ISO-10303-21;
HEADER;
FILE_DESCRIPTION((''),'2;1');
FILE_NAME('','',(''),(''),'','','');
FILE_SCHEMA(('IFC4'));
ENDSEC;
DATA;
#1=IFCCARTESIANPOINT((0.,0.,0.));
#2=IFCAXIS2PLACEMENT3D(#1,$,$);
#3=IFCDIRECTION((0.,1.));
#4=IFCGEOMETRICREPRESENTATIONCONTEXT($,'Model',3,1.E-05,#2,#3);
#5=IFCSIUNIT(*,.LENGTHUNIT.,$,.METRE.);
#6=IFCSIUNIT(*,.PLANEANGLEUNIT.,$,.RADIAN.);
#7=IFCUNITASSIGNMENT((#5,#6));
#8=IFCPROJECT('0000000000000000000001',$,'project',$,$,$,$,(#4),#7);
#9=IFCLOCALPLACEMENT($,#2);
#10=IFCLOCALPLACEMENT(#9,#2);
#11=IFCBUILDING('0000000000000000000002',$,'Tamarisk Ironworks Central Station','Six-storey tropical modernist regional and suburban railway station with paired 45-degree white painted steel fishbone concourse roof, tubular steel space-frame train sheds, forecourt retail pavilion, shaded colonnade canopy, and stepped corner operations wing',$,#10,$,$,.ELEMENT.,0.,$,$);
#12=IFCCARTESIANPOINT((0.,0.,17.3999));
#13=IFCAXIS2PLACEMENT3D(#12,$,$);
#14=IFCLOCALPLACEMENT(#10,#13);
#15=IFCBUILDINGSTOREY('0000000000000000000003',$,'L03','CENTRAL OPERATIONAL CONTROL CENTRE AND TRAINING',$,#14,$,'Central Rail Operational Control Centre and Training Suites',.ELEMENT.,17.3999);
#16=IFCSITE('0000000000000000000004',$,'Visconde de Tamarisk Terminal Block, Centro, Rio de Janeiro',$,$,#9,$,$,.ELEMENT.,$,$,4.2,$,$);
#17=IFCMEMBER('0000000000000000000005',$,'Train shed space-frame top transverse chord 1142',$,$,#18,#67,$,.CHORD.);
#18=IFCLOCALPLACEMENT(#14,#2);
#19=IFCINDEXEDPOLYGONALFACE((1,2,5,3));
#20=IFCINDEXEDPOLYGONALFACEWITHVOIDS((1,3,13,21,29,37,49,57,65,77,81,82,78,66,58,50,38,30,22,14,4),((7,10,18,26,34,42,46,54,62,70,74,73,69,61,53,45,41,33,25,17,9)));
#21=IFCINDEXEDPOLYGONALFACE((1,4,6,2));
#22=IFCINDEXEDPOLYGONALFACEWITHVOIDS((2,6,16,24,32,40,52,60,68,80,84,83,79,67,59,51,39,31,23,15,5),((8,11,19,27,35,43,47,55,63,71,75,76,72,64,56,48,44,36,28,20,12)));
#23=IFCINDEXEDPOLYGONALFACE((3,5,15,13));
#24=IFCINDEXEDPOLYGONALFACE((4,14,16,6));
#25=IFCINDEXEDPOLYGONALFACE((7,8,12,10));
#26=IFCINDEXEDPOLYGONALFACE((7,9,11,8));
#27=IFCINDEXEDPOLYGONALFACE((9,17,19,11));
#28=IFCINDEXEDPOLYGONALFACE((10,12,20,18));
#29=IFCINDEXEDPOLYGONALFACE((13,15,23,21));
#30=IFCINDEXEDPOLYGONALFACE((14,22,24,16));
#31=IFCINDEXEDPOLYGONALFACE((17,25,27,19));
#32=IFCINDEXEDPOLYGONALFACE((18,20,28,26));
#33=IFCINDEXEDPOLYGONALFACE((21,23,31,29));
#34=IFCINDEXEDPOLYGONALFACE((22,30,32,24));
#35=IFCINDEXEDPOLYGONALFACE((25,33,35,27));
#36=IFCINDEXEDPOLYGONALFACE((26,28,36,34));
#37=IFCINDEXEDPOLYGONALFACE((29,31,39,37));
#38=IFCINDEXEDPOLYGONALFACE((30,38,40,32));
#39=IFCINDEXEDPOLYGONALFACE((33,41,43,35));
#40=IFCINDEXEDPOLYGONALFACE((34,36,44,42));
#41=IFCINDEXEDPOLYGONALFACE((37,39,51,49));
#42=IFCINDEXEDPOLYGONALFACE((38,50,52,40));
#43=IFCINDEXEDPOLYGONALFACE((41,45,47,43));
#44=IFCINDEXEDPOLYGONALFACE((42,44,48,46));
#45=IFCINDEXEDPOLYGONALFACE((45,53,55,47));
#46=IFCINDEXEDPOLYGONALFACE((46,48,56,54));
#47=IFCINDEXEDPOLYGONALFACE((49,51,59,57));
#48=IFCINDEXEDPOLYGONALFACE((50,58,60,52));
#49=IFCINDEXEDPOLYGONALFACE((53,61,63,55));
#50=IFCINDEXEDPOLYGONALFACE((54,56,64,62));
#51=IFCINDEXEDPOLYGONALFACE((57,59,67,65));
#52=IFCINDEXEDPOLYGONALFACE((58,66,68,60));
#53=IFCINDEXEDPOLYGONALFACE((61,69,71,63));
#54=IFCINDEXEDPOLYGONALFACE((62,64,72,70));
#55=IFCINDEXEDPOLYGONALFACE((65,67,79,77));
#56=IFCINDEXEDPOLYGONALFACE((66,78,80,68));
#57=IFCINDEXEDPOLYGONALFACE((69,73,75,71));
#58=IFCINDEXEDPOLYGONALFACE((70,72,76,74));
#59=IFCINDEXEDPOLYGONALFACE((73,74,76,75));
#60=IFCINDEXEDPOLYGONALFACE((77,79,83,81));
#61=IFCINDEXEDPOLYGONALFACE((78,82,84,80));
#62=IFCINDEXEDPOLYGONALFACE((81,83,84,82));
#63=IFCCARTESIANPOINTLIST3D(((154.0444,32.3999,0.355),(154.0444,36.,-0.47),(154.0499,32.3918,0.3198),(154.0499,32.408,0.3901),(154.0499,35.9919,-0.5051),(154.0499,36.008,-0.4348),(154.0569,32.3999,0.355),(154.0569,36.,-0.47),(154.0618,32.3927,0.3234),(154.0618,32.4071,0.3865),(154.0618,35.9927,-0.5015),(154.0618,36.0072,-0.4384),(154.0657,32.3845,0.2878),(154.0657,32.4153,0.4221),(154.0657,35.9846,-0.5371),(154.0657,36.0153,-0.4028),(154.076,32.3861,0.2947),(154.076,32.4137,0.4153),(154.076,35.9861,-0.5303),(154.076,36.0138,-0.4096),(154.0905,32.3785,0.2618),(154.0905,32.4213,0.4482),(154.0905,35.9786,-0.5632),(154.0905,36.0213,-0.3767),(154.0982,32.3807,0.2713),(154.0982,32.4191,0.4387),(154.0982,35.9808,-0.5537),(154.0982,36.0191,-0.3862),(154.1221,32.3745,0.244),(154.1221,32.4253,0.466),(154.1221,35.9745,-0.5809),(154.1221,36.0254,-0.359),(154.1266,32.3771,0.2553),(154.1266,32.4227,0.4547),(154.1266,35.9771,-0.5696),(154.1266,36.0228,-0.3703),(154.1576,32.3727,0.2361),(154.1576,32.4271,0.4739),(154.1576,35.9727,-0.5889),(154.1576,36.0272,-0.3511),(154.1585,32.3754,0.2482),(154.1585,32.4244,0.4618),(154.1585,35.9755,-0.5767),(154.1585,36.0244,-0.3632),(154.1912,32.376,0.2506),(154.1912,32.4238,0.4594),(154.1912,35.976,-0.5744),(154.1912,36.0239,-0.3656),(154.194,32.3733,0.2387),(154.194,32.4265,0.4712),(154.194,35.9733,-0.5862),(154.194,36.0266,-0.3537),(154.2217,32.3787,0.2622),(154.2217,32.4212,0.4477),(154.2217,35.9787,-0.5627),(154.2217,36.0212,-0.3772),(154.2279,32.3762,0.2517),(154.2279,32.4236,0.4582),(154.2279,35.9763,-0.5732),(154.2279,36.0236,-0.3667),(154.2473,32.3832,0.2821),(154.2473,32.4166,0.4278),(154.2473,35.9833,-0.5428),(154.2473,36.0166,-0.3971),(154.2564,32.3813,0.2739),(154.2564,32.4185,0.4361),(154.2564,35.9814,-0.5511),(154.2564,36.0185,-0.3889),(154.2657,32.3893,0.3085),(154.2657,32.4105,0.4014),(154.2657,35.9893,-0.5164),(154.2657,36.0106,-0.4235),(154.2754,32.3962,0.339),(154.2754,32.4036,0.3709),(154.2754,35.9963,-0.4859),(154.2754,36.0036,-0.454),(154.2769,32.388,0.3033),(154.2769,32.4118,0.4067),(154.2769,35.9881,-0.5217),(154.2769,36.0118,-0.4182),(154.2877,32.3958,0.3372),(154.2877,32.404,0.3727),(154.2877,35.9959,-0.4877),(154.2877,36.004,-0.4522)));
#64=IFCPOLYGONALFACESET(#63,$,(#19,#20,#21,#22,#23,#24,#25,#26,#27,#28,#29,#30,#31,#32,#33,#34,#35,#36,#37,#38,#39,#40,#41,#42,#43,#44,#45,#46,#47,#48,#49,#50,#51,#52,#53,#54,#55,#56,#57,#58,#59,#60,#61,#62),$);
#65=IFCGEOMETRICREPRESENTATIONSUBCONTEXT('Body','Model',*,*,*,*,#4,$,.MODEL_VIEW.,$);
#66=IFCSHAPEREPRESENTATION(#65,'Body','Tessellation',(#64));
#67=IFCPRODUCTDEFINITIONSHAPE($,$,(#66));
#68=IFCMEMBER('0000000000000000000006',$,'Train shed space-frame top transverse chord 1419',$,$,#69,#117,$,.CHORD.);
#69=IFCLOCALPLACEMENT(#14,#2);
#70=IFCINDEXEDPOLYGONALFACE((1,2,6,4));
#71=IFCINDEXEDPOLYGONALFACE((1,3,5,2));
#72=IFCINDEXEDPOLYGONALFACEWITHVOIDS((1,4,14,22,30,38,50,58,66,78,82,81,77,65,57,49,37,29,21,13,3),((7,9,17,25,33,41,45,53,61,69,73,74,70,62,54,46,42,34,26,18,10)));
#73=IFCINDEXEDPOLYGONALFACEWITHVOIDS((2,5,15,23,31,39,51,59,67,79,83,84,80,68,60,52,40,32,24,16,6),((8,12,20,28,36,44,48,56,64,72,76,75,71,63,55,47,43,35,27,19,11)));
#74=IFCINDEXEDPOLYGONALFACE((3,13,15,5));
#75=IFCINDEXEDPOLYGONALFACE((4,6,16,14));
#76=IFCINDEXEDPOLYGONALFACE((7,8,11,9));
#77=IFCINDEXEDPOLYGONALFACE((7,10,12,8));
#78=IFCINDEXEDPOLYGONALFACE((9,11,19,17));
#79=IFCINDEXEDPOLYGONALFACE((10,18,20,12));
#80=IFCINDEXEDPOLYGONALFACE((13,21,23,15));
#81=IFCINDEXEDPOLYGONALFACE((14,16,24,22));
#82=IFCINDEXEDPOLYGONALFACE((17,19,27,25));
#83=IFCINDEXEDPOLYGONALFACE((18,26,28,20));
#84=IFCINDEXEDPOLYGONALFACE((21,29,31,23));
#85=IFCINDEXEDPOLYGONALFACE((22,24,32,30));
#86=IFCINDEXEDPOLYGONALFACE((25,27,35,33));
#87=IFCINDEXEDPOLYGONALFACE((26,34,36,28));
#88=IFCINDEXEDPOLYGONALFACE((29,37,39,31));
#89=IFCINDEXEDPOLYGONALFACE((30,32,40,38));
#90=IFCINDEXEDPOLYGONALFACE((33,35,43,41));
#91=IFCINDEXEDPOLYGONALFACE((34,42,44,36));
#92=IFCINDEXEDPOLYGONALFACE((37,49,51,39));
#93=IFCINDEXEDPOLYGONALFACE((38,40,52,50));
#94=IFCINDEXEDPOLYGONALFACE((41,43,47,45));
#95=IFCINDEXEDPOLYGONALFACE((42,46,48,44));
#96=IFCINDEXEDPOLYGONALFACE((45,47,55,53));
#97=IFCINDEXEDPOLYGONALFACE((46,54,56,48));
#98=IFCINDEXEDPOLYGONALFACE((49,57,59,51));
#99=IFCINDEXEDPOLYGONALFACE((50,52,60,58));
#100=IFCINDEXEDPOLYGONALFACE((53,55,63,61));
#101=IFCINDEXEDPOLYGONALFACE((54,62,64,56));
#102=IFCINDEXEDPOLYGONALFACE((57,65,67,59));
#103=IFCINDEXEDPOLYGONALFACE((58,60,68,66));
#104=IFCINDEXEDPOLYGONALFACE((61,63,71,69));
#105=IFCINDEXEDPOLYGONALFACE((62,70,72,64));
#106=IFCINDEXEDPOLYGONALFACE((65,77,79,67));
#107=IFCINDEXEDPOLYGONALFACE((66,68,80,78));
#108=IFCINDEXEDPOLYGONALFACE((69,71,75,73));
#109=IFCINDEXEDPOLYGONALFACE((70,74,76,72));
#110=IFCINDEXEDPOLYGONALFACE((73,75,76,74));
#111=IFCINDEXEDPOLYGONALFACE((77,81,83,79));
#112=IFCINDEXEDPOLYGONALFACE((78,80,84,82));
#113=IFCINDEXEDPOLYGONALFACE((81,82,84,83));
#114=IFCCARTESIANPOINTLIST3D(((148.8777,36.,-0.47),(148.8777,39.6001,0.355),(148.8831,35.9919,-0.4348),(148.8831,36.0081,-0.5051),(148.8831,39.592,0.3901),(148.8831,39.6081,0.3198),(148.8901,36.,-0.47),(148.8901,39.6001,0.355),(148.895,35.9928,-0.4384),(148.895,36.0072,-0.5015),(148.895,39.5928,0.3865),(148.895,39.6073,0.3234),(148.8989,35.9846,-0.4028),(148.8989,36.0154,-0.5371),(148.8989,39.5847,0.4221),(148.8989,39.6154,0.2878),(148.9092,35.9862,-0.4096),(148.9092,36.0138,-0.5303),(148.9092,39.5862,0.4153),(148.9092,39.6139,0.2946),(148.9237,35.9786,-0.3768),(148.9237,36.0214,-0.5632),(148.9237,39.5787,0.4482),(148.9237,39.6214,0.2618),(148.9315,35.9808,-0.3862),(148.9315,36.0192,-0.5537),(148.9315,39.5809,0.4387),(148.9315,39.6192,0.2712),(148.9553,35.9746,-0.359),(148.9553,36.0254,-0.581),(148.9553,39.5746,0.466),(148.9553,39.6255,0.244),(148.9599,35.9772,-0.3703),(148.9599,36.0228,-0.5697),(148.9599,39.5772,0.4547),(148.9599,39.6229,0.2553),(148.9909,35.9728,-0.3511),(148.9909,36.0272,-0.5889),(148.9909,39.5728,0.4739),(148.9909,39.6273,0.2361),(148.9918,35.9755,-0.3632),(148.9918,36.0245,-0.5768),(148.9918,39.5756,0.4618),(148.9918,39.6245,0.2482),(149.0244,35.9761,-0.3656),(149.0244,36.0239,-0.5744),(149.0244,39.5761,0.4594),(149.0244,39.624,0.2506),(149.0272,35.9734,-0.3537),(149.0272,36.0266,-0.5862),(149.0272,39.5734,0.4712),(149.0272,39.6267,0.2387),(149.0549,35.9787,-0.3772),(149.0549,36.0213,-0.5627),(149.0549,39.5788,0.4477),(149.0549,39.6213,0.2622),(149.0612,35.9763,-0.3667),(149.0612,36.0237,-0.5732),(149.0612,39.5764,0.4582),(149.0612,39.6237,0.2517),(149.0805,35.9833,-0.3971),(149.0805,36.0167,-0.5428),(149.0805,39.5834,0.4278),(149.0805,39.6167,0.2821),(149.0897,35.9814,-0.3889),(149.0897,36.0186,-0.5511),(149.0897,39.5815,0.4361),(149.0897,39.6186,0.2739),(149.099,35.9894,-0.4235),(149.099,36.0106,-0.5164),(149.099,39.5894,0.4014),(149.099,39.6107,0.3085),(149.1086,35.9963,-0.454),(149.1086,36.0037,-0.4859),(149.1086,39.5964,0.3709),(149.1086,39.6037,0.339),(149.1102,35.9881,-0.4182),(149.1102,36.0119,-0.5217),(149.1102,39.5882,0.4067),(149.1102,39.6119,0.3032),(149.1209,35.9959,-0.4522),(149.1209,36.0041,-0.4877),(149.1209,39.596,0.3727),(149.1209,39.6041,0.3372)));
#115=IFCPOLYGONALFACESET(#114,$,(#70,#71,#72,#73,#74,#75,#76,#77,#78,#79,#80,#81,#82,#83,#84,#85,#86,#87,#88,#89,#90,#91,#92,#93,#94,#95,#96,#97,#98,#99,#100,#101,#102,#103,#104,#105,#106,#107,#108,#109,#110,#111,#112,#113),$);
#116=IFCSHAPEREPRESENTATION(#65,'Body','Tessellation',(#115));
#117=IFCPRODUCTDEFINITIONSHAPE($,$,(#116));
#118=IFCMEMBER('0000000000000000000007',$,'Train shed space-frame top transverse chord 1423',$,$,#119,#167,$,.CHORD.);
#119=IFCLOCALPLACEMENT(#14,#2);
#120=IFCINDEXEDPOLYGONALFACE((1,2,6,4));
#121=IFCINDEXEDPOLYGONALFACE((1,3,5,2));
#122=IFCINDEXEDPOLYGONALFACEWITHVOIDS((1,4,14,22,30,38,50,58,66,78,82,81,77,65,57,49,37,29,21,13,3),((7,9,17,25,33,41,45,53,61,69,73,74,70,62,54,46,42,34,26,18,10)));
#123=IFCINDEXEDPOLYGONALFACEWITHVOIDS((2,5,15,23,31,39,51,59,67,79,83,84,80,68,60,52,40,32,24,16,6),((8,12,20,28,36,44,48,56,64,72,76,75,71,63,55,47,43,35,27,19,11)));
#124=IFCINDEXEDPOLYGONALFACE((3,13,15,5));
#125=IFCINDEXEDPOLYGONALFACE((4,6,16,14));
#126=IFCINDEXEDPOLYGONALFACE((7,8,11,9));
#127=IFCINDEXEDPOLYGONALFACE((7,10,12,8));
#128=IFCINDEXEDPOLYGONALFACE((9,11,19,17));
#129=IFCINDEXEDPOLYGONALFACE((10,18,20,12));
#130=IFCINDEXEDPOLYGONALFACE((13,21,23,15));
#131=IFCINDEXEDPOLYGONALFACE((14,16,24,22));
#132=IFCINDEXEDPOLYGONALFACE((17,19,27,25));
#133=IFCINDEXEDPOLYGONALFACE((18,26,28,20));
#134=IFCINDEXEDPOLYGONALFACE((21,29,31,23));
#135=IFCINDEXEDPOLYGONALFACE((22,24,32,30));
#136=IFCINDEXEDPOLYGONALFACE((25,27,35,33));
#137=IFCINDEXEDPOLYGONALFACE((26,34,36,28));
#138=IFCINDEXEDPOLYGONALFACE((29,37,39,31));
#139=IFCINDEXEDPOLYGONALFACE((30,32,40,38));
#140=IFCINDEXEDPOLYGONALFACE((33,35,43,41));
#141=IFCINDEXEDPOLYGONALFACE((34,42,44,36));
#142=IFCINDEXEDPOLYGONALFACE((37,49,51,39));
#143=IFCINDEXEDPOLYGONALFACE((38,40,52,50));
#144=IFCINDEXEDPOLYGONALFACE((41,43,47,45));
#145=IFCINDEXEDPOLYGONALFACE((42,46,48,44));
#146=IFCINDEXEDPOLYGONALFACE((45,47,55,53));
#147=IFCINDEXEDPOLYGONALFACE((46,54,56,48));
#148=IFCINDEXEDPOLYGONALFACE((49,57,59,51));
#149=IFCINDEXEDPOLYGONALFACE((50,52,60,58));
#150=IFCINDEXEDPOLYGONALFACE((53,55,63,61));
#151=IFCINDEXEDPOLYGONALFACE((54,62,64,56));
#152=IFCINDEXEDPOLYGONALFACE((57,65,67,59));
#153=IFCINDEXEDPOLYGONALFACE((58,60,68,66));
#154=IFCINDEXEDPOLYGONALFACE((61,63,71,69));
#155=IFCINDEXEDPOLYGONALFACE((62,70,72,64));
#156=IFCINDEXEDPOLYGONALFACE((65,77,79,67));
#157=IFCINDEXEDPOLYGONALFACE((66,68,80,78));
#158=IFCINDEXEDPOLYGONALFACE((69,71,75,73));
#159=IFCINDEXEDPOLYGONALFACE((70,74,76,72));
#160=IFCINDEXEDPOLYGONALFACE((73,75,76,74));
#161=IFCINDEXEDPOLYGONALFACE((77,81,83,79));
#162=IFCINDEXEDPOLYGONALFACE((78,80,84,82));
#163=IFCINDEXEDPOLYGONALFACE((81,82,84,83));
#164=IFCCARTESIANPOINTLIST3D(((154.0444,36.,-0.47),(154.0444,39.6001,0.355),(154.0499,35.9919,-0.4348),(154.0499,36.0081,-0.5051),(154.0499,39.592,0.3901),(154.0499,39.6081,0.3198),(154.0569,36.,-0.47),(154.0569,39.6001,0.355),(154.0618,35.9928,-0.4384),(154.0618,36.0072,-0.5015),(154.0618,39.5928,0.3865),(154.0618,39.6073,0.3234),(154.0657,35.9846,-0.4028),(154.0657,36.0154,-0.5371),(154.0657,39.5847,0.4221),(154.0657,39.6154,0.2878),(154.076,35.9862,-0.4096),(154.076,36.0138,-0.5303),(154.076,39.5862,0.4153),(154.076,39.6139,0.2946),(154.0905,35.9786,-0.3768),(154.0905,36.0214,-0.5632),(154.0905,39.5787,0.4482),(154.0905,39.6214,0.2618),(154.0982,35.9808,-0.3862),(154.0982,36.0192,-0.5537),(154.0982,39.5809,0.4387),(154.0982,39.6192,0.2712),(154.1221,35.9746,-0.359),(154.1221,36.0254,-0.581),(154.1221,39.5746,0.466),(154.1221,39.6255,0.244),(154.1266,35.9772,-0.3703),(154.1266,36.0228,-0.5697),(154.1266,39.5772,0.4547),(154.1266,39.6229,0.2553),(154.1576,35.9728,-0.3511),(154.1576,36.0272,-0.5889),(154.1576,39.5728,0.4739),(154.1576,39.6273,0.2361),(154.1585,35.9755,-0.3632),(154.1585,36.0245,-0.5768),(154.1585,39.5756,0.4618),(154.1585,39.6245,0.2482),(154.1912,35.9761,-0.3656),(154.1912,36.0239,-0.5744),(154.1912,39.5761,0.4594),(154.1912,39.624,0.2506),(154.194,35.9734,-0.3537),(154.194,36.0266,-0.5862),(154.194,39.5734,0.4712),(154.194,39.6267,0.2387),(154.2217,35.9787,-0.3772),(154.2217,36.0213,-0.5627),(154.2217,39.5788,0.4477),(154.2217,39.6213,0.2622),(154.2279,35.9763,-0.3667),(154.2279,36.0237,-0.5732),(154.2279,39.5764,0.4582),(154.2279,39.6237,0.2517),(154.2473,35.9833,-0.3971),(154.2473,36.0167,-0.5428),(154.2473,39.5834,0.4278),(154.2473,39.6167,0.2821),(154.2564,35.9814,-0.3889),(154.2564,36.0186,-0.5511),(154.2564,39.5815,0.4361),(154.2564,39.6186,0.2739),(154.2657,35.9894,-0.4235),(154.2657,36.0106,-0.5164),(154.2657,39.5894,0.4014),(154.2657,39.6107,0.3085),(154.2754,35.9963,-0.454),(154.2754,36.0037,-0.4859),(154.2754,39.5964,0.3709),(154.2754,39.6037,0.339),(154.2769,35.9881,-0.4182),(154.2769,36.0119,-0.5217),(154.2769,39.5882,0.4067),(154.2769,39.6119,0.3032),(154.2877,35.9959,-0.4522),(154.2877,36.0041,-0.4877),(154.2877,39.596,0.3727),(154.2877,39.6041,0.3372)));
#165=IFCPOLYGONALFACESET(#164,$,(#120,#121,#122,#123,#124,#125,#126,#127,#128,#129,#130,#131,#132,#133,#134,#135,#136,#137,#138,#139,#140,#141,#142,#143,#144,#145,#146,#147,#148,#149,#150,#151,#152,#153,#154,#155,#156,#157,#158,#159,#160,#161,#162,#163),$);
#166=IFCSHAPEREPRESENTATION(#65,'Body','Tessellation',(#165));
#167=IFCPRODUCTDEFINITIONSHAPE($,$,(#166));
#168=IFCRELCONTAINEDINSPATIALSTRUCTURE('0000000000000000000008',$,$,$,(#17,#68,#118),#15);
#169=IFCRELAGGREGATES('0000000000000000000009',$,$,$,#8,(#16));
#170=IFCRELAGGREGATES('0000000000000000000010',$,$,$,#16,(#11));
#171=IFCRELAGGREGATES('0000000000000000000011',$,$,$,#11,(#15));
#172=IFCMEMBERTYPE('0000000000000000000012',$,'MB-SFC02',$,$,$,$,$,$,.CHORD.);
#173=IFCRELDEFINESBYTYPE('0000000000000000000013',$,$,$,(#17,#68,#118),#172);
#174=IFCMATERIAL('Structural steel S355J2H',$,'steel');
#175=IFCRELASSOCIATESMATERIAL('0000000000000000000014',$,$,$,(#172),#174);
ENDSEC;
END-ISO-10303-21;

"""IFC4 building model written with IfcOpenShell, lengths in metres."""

from ifc_helpers import new_model, si_unit, direction, frame, origin, origin_2d, place, context, subcontext, project, spatial, hollow_circle, extrude, material, material_profile, profile_set, type_object, element, save


model = new_model("IFC4")

# Units and contexts
model_context = context("Model", 3, precision=1e-05, world=origin(), true_north=direction((0.0, 1.0)))
body_context = subcontext(model_context, "Body", "Model", "MODEL_VIEW")
ifc_project = project(units=[si_unit("LENGTHUNIT", "METRE"), si_unit("PLANEANGLEUNIT", "RADIAN")], contexts=[model_context])

# Site, building, storey
site_placement = place(None, origin())
site = spatial("IfcSite", under=ifc_project, at=site_placement, Name="Visconde de Tamarisk Terminal Block, Centro, Rio de Janeiro", CompositionType="ELEMENT", RefElevation=4.2)
building_placement = place(site_placement, origin())
building = spatial("IfcBuilding", under=site, at=building_placement, Name="Tamarisk Ironworks Central Station", Description="Six-storey tropical modernist regional and suburban railway station with paired 45-degree white painted steel fishbone concourse roof, tubular steel space-frame train sheds, forecourt retail pavilion, shaded colonnade canopy, and stepped corner operations wing", CompositionType="ELEMENT", ElevationOfRefHeight=0.0)
storey_placement = place(building_placement, frame((0.0, 0.0, 17.3999)))
storey = spatial("IfcBuildingStorey", under=building, at=storey_placement, Name="L03", Description="CENTRAL OPERATIONAL CONTROL CENTRE AND TRAINING", LongName="Central Rail Operational Control Centre and Training Suites", CompositionType="ELEMENT", Elevation=17.3999)

# Members
ifc_material_1 = material(Name="Structural steel S355J2H", Category="steel")
ifc_material_profile_1 = material_profile(ifc_material_1, hollow_circle(Radius=0.1223, WallThickness=0.0125, at=origin_2d()), Name="CHS 244.5x12.5")
ifc_profile_set_1 = profile_set([ifc_material_profile_1], Name="Structural steel S355J2H")
member_type_1 = type_object("IfcMemberType", Name="MB-SFC02", PredefinedType="CHORD", material=ifc_profile_set_1)
for number, where, z_axis, x_axis, name in (
    (1, (154.1667, 32.3999, 0.355), (0.0, 0.974737, -0.223358), (-1.0, 0.0, 0.0), "Train shed space-frame top transverse chord 1142"),
    (2, (149.0, 36.0, -0.47), (0.0, 0.974737, 0.223358), (-1.0, 0.0, 0.0), "Train shed space-frame top transverse chord 1419"),
    (3, (154.1667, 36.0, -0.47), (0.0, 0.974737, 0.223358), (-1.0, 0.0, 0.0), "Train shed space-frame top transverse chord 1423"),
):
    element("IfcMember", number, at=place(storey_placement, frame(where, z_axis=z_axis, x_axis=x_axis)), inside=storey, type_object=member_type_1, Name=name, PredefinedType="CHORD", context=body_context, shape_type="SweptSolid", body=[
        extrude(hollow_circle(Radius=0.1223, WallThickness=0.0125, at=origin_2d()), origin(), (0.0, 0.0, 1.0), 3.6934),
    ])

save(model, "model.ifc")
